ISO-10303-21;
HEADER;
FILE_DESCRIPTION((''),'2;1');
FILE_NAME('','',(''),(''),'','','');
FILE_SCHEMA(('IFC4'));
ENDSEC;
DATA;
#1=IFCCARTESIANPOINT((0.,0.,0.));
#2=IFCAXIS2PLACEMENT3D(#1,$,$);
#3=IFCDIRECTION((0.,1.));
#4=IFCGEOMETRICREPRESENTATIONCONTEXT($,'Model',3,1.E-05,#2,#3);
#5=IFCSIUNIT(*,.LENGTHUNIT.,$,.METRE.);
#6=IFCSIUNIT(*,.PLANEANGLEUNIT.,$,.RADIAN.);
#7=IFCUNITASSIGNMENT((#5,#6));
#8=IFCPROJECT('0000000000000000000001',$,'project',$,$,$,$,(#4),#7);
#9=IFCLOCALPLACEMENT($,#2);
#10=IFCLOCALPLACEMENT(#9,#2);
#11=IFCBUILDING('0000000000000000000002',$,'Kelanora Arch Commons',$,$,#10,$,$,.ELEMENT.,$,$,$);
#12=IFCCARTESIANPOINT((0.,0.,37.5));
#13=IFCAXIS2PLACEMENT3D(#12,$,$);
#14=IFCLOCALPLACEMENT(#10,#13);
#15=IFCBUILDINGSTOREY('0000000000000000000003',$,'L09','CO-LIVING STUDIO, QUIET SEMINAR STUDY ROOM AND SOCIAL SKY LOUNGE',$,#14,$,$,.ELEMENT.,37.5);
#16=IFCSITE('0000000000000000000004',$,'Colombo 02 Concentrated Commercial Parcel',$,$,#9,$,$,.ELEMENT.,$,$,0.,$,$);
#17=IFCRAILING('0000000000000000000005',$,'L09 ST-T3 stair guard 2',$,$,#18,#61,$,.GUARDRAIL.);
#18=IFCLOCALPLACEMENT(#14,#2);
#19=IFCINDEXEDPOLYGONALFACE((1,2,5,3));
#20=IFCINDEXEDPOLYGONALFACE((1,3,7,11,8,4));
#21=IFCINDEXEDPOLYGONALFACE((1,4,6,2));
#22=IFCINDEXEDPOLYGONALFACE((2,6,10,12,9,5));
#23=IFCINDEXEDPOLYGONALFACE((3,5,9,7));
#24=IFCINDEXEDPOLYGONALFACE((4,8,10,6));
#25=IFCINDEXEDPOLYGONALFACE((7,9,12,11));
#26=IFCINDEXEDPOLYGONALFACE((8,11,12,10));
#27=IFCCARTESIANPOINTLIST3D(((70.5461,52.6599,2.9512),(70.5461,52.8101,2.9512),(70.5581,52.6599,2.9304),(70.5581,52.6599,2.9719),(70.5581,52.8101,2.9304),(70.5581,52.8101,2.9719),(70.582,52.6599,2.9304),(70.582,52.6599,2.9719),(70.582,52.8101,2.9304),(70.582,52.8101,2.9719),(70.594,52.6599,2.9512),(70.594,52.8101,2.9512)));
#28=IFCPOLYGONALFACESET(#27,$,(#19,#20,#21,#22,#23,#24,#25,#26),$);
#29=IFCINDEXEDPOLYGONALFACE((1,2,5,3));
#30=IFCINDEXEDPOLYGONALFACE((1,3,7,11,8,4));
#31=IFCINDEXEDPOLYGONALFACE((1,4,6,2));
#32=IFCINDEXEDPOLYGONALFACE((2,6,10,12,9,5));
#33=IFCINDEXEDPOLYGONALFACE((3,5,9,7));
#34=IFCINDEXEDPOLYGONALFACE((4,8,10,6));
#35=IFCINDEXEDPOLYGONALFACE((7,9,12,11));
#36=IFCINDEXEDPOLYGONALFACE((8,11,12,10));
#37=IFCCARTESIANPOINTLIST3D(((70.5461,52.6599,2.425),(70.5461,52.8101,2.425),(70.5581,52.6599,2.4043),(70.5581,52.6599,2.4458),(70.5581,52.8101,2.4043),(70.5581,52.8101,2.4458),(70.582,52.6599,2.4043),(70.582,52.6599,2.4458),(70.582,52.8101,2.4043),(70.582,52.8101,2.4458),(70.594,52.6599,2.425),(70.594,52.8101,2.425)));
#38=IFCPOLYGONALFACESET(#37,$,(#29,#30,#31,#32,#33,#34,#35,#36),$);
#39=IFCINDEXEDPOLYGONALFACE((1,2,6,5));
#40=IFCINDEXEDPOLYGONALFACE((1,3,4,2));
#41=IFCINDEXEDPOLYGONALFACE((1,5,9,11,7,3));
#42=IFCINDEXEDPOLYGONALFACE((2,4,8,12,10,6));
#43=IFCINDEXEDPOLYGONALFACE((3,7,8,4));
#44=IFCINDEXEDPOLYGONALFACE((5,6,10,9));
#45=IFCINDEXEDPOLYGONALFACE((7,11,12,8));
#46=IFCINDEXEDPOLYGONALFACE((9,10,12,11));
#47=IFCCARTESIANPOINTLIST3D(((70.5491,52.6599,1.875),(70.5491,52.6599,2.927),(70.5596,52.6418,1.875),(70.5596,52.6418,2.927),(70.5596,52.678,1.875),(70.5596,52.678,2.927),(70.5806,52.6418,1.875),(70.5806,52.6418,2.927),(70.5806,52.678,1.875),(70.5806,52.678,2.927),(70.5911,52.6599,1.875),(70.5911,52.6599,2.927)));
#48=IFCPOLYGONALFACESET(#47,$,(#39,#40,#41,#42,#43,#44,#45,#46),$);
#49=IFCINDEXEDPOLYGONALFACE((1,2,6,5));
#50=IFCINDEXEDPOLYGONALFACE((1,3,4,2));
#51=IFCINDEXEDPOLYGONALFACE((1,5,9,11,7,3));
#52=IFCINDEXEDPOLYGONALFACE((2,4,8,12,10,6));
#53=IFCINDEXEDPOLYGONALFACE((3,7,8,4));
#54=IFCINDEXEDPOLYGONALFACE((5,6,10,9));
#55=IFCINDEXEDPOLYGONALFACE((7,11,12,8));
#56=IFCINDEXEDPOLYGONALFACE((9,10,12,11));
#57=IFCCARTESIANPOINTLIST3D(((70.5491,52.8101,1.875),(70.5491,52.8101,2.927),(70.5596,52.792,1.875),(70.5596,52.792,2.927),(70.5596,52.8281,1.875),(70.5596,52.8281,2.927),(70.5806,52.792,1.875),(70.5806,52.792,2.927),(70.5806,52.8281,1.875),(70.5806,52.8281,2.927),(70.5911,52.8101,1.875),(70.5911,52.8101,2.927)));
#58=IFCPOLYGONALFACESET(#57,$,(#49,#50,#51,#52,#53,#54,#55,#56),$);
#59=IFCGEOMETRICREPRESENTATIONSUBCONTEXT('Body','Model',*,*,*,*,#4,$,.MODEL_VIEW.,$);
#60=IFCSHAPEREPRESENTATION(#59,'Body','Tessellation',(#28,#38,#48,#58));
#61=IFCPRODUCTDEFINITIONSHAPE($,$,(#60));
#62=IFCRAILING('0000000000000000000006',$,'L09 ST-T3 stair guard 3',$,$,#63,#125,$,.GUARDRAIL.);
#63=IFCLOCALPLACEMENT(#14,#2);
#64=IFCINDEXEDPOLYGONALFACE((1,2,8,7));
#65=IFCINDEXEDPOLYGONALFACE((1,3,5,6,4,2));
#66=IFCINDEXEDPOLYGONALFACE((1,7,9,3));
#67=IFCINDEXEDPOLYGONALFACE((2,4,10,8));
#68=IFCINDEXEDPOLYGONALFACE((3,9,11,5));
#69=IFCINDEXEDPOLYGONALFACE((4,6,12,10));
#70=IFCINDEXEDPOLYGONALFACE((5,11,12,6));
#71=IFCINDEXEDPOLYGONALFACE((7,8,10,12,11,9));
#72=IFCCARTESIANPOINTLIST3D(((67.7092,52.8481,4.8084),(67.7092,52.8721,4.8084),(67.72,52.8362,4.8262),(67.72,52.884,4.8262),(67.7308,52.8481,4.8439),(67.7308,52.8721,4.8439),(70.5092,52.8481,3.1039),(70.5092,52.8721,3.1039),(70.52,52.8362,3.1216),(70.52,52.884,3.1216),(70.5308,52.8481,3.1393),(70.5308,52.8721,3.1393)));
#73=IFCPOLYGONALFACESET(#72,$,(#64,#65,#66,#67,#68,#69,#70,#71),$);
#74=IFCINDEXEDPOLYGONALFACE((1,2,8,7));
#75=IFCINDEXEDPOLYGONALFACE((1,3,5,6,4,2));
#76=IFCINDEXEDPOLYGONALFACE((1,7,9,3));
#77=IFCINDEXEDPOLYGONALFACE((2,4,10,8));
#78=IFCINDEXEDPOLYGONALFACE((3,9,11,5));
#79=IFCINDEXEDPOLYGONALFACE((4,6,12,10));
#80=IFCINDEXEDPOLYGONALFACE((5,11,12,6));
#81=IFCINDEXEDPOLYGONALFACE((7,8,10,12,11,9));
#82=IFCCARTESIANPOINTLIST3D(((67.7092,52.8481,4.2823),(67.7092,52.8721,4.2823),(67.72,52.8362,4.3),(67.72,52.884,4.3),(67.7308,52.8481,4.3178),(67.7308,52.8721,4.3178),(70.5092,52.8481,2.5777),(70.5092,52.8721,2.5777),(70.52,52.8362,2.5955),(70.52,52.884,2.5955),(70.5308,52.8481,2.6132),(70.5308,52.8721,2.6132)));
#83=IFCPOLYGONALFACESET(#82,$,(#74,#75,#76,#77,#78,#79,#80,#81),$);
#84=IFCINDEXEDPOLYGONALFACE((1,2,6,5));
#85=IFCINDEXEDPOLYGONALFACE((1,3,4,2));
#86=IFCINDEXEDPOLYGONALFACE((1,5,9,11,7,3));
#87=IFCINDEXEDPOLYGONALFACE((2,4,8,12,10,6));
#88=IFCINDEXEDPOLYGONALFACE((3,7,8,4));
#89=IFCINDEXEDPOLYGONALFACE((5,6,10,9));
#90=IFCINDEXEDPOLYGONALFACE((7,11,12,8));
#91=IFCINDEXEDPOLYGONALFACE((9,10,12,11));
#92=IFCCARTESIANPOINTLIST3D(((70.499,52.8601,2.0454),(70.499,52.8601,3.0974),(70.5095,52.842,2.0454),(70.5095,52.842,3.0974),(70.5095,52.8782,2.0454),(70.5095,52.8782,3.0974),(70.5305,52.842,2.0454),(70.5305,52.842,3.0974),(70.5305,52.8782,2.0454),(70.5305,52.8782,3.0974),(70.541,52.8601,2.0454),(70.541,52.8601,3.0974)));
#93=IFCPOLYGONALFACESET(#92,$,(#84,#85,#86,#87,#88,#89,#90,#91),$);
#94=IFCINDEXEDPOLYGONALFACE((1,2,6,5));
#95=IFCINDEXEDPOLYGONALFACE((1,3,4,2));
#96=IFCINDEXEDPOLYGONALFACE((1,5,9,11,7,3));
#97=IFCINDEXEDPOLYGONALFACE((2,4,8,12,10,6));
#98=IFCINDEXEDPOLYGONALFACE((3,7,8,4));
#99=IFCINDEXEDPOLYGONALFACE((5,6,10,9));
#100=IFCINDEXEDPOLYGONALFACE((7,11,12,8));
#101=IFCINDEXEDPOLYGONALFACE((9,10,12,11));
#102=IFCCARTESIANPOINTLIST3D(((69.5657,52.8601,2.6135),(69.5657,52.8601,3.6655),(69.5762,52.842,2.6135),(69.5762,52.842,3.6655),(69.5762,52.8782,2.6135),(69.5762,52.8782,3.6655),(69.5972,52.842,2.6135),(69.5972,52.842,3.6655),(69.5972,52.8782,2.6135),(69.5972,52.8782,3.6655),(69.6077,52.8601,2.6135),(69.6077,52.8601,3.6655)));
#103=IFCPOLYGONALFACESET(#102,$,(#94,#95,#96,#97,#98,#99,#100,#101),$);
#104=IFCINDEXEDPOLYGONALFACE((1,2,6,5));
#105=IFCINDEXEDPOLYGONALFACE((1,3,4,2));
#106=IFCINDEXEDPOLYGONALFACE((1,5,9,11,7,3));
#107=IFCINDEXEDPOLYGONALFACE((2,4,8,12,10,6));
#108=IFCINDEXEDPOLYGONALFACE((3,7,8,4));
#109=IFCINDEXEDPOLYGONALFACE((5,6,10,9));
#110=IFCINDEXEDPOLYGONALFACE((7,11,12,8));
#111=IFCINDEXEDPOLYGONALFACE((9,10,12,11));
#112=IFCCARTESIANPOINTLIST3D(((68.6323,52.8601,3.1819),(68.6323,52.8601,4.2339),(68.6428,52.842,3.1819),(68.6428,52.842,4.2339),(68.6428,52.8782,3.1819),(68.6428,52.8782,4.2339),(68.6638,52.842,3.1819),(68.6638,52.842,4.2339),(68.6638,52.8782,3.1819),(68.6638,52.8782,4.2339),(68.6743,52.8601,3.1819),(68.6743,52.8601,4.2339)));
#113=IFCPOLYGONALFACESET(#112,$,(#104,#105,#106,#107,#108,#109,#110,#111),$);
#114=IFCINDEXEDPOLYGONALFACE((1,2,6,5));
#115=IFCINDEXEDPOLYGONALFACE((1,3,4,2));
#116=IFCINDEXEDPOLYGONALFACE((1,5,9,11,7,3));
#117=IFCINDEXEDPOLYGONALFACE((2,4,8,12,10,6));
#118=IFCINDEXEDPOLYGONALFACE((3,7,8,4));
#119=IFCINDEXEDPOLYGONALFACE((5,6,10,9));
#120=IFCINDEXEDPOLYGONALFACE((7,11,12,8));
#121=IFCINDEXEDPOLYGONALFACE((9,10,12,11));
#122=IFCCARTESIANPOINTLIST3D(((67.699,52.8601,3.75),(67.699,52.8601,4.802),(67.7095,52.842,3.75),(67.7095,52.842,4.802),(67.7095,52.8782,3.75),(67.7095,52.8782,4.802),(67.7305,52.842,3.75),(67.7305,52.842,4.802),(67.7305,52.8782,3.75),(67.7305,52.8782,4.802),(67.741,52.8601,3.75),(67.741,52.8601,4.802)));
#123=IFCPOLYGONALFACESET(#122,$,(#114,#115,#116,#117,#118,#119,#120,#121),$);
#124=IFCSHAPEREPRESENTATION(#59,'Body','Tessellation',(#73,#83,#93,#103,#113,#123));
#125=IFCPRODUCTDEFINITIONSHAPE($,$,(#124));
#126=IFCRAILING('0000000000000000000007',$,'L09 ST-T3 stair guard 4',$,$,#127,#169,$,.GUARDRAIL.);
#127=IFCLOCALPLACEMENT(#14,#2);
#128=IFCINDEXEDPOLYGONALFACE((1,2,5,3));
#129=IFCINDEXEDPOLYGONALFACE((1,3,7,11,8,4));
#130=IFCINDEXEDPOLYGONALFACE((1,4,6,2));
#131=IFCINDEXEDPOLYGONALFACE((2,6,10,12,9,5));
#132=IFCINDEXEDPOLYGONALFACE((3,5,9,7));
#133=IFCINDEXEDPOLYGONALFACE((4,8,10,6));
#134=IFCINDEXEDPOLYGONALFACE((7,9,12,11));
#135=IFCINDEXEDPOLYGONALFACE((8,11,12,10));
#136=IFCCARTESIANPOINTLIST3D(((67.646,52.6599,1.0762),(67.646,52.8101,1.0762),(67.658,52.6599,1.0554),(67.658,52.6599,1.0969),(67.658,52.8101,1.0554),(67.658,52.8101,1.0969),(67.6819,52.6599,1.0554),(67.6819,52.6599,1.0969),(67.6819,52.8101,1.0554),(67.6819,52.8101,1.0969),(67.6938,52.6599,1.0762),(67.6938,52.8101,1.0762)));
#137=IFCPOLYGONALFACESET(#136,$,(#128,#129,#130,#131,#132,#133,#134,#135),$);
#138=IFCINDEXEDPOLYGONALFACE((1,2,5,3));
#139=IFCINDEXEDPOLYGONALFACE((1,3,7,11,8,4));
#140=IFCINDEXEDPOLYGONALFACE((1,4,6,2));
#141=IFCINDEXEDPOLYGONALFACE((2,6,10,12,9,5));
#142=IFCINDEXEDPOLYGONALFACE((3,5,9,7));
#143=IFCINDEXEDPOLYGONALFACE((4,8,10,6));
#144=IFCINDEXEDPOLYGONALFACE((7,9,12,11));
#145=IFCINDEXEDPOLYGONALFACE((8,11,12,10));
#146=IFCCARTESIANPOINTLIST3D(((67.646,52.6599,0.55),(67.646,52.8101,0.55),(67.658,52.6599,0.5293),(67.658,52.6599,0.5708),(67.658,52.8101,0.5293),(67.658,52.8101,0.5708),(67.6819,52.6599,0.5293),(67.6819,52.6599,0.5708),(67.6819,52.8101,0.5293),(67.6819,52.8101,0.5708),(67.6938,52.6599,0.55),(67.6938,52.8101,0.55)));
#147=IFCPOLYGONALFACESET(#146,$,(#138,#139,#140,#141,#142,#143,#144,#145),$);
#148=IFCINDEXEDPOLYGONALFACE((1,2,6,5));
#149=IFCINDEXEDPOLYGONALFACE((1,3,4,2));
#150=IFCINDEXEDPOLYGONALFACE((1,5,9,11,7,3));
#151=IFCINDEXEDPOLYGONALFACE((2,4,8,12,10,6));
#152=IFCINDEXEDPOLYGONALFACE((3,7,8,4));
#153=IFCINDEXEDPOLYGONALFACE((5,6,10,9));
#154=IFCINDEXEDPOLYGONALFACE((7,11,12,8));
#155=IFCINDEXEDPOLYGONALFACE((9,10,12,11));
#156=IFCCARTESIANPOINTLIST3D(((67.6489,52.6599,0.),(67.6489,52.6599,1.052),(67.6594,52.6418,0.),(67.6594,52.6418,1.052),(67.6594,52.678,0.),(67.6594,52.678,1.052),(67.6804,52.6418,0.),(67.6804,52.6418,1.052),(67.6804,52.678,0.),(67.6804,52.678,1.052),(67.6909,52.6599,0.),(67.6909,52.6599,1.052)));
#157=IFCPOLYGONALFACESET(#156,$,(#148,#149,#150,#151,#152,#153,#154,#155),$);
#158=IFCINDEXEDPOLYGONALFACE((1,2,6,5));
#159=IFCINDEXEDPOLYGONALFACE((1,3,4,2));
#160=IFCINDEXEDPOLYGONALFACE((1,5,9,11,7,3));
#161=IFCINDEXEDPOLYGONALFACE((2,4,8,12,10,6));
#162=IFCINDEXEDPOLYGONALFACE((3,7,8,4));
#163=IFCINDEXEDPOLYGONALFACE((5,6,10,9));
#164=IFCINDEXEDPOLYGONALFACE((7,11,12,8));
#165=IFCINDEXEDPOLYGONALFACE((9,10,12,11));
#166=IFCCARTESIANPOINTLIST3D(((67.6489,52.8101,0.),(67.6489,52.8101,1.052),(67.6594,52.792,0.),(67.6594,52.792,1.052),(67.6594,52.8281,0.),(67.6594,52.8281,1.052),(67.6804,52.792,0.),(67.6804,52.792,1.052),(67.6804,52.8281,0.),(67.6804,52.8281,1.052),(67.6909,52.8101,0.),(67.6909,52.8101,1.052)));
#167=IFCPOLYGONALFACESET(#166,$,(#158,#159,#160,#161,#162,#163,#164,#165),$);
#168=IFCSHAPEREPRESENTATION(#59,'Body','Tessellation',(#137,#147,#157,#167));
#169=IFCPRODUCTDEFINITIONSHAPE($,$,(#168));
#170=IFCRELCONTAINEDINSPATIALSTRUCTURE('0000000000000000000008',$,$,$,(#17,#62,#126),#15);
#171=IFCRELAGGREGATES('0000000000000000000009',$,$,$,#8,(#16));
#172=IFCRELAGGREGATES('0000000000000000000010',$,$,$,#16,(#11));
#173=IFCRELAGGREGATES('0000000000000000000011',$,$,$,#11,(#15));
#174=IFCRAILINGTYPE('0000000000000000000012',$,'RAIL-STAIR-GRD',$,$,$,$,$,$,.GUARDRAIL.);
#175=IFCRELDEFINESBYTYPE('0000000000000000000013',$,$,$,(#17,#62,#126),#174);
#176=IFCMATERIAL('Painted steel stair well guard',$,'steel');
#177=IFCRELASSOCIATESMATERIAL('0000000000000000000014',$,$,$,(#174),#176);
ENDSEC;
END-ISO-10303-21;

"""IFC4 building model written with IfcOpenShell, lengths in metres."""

from ifc_helpers import new_model, si_unit, direction, frame, origin, place, context, subcontext, project, spatial, polyline, outline, extrude, material, type_object, element, save


model = new_model("IFC4")

# Units and contexts
model_context = context("Model", 3, precision=1e-05, world=origin(), true_north=direction((0.0, 1.0)))
body_context = subcontext(model_context, "Body", "Model", "MODEL_VIEW")
ifc_project = project(units=[si_unit("LENGTHUNIT", "METRE"), si_unit("PLANEANGLEUNIT", "RADIAN")], contexts=[model_context])

# Site, building, storey
site_placement = place(None, origin())
site = spatial("IfcSite", under=ifc_project, at=site_placement, Name="Colombo 02 Concentrated Commercial Parcel", CompositionType="ELEMENT", RefElevation=0.0)
building_placement = place(site_placement, origin())
building = spatial("IfcBuilding", under=site, at=building_placement, Name="Kelanora Arch Commons", CompositionType="ELEMENT")
storey_placement = place(building_placement, frame((0.0, 0.0, 37.5)))
storey = spatial("IfcBuildingStorey", under=building, at=storey_placement, Name="L09", Description="CO-LIVING STUDIO, QUIET SEMINAR STUDY ROOM AND SOCIAL SKY LOUNGE", CompositionType="ELEMENT", Elevation=37.5)

# Railings
ifc_material_1 = material(Name="Painted steel stair well guard", Category="steel")
railing_type_1 = type_object("IfcRailingType", Name="RAIL-STAIR-GRD", PredefinedType="GUARDRAIL", material=ifc_material_1)
railing_1_placement = place(storey_placement, frame((70.5701, 52.6599, 1.875)))
element("IfcRailing", 1, at=railing_1_placement, inside=storey, type_object=railing_type_1, Name="L09 ST-T3 stair guard 2", PredefinedType="GUARDRAIL", context=body_context, shape_type="SweptSolid", body=[
    extrude(outline(polyline([(0.0239, 0.0), (0.012, 0.0208), (-0.012, 0.0208), (-0.0239, 0.0), (-0.012, -0.0208), (0.012, -0.0208), (0.0239, 0.0)])), frame((0.0, 0.0, 1.0762), z_axis=(0.0, 1.0, 0.0), x_axis=(-1.0, 0.0, 0.0)), (0.0, 0.0, 1.0), 0.1501),
    extrude(outline(polyline([(0.0239, 0.0), (0.012, 0.0208), (-0.012, 0.0208), (-0.0239, 0.0), (-0.012, -0.0208), (0.012, -0.0208), (0.0239, 0.0)])), frame((0.0, 0.0, 0.55), z_axis=(0.0, 1.0, 0.0), x_axis=(-1.0, 0.0, 0.0)), (0.0, 0.0, 1.0), 0.1501),
    extrude(outline(polyline([(0.021, 0.0), (0.0105, 0.0181), (-0.0105, 0.0181), (-0.021, 0.0), (-0.0105, -0.0181), (0.0105, -0.0181), (0.021, 0.0)])), origin(), (0.0, 0.0, 1.0), 1.052),
    extrude(outline(polyline([(0.021, 0.0), (0.0105, 0.0181), (-0.0105, 0.0181), (-0.021, 0.0), (-0.0105, -0.0181), (0.0105, -0.0181), (0.021, 0.0)])), frame((0.0, 0.1501, 0.0)), (0.0, 0.0, 1.0), 1.052),
])
railing_2_placement = place(storey_placement, frame((70.52, 52.8601, 2.0454)))
element("IfcRailing", 2, at=railing_2_placement, inside=storey, type_object=railing_type_1, Name="L09 ST-T3 stair guard 3", PredefinedType="GUARDRAIL", context=body_context, shape_type="SweptSolid", body=[
    extrude(outline(polyline([(0.0239, 0.0), (0.012, 0.0208), (-0.012, 0.0208), (-0.0239, 0.0), (-0.012, -0.0208), (0.012, -0.0208), (0.0239, 0.0)])), frame((0.0, 0.0, 1.0762), z_axis=(-0.85417, 0.0, 0.519994), x_axis=(0.0, -1.0, 0.0)), (0.0, 0.0, 1.0), 3.2781),
    extrude(outline(polyline([(0.0239, 0.0), (0.012, 0.0208), (-0.012, 0.0208), (-0.0239, 0.0), (-0.012, -0.0208), (0.012, -0.0208), (0.0239, 0.0)])), frame((0.0, 0.0, 0.55), z_axis=(-0.85417, 0.0, 0.519994), x_axis=(0.0, -1.0, 0.0)), (0.0, 0.0, 1.0), 3.2781),
    extrude(outline(polyline([(0.021, 0.0), (0.0105, 0.0181), (-0.0105, 0.0181), (-0.021, 0.0), (-0.0105, -0.0181), (0.0105, -0.0181), (0.021, 0.0)])), origin(), (0.0, 0.0, 1.0), 1.052),
    extrude(outline(polyline([(0.021, 0.0), (0.0105, 0.0181), (-0.0105, 0.0181), (-0.021, 0.0), (-0.0105, -0.0181), (0.0105, -0.0181), (0.021, 0.0)])), frame((-0.9333, 0.0, 0.5681)), (0.0, 0.0, 1.0), 1.052),
    extrude(outline(polyline([(0.021, 0.0), (0.0105, 0.0181), (-0.0105, 0.0181), (-0.021, 0.0), (-0.0105, -0.0181), (0.0105, -0.0181), (0.021, 0.0)])), frame((-1.8667, 0.0, 1.1365)), (0.0, 0.0, 1.0), 1.052),
    extrude(outline(polyline([(0.021, 0.0), (0.0105, 0.0181), (-0.0105, 0.0181), (-0.021, 0.0), (-0.0105, -0.0181), (0.0105, -0.0181), (0.021, 0.0)])), frame((-2.8, 0.0, 1.7046)), (0.0, 0.0, 1.0), 1.052),
])
railing_3_placement = place(storey_placement, frame((67.6699, 52.6599, 0.0)))
element("IfcRailing", 3, at=railing_3_placement, inside=storey, type_object=railing_type_1, Name="L09 ST-T3 stair guard 4", PredefinedType="GUARDRAIL", context=body_context, shape_type="SweptSolid", body=[
    extrude(outline(polyline([(0.0239, 0.0), (0.012, 0.0208), (-0.012, 0.0208), (-0.0239, 0.0), (-0.012, -0.0208), (0.012, -0.0208), (0.0239, 0.0)])), frame((0.0, 0.0, 1.0762), z_axis=(0.0, 1.0, 0.0), x_axis=(-1.0, 0.0, 0.0)), (0.0, 0.0, 1.0), 0.1501),
    extrude(outline(polyline([(0.0239, 0.0), (0.012, 0.0208), (-0.012, 0.0208), (-0.0239, 0.0), (-0.012, -0.0208), (0.012, -0.0208), (0.0239, 0.0)])), frame((0.0, 0.0, 0.55), z_axis=(0.0, 1.0, 0.0), x_axis=(-1.0, 0.0, 0.0)), (0.0, 0.0, 1.0), 0.1501),
    extrude(outline(polyline([(0.021, 0.0), (0.0105, 0.0181), (-0.0105, 0.0181), (-0.021, 0.0), (-0.0105, -0.0181), (0.0105, -0.0181), (0.021, 0.0)])), origin(), (0.0, 0.0, 1.0), 1.052),
    extrude(outline(polyline([(0.021, 0.0), (0.0105, 0.0181), (-0.0105, 0.0181), (-0.021, 0.0), (-0.0105, -0.0181), (0.0105, -0.0181), (0.021, 0.0)])), frame((0.0, 0.1501, 0.0)), (0.0, 0.0, 1.0), 1.052),
])

save(model, "model.ifc")
